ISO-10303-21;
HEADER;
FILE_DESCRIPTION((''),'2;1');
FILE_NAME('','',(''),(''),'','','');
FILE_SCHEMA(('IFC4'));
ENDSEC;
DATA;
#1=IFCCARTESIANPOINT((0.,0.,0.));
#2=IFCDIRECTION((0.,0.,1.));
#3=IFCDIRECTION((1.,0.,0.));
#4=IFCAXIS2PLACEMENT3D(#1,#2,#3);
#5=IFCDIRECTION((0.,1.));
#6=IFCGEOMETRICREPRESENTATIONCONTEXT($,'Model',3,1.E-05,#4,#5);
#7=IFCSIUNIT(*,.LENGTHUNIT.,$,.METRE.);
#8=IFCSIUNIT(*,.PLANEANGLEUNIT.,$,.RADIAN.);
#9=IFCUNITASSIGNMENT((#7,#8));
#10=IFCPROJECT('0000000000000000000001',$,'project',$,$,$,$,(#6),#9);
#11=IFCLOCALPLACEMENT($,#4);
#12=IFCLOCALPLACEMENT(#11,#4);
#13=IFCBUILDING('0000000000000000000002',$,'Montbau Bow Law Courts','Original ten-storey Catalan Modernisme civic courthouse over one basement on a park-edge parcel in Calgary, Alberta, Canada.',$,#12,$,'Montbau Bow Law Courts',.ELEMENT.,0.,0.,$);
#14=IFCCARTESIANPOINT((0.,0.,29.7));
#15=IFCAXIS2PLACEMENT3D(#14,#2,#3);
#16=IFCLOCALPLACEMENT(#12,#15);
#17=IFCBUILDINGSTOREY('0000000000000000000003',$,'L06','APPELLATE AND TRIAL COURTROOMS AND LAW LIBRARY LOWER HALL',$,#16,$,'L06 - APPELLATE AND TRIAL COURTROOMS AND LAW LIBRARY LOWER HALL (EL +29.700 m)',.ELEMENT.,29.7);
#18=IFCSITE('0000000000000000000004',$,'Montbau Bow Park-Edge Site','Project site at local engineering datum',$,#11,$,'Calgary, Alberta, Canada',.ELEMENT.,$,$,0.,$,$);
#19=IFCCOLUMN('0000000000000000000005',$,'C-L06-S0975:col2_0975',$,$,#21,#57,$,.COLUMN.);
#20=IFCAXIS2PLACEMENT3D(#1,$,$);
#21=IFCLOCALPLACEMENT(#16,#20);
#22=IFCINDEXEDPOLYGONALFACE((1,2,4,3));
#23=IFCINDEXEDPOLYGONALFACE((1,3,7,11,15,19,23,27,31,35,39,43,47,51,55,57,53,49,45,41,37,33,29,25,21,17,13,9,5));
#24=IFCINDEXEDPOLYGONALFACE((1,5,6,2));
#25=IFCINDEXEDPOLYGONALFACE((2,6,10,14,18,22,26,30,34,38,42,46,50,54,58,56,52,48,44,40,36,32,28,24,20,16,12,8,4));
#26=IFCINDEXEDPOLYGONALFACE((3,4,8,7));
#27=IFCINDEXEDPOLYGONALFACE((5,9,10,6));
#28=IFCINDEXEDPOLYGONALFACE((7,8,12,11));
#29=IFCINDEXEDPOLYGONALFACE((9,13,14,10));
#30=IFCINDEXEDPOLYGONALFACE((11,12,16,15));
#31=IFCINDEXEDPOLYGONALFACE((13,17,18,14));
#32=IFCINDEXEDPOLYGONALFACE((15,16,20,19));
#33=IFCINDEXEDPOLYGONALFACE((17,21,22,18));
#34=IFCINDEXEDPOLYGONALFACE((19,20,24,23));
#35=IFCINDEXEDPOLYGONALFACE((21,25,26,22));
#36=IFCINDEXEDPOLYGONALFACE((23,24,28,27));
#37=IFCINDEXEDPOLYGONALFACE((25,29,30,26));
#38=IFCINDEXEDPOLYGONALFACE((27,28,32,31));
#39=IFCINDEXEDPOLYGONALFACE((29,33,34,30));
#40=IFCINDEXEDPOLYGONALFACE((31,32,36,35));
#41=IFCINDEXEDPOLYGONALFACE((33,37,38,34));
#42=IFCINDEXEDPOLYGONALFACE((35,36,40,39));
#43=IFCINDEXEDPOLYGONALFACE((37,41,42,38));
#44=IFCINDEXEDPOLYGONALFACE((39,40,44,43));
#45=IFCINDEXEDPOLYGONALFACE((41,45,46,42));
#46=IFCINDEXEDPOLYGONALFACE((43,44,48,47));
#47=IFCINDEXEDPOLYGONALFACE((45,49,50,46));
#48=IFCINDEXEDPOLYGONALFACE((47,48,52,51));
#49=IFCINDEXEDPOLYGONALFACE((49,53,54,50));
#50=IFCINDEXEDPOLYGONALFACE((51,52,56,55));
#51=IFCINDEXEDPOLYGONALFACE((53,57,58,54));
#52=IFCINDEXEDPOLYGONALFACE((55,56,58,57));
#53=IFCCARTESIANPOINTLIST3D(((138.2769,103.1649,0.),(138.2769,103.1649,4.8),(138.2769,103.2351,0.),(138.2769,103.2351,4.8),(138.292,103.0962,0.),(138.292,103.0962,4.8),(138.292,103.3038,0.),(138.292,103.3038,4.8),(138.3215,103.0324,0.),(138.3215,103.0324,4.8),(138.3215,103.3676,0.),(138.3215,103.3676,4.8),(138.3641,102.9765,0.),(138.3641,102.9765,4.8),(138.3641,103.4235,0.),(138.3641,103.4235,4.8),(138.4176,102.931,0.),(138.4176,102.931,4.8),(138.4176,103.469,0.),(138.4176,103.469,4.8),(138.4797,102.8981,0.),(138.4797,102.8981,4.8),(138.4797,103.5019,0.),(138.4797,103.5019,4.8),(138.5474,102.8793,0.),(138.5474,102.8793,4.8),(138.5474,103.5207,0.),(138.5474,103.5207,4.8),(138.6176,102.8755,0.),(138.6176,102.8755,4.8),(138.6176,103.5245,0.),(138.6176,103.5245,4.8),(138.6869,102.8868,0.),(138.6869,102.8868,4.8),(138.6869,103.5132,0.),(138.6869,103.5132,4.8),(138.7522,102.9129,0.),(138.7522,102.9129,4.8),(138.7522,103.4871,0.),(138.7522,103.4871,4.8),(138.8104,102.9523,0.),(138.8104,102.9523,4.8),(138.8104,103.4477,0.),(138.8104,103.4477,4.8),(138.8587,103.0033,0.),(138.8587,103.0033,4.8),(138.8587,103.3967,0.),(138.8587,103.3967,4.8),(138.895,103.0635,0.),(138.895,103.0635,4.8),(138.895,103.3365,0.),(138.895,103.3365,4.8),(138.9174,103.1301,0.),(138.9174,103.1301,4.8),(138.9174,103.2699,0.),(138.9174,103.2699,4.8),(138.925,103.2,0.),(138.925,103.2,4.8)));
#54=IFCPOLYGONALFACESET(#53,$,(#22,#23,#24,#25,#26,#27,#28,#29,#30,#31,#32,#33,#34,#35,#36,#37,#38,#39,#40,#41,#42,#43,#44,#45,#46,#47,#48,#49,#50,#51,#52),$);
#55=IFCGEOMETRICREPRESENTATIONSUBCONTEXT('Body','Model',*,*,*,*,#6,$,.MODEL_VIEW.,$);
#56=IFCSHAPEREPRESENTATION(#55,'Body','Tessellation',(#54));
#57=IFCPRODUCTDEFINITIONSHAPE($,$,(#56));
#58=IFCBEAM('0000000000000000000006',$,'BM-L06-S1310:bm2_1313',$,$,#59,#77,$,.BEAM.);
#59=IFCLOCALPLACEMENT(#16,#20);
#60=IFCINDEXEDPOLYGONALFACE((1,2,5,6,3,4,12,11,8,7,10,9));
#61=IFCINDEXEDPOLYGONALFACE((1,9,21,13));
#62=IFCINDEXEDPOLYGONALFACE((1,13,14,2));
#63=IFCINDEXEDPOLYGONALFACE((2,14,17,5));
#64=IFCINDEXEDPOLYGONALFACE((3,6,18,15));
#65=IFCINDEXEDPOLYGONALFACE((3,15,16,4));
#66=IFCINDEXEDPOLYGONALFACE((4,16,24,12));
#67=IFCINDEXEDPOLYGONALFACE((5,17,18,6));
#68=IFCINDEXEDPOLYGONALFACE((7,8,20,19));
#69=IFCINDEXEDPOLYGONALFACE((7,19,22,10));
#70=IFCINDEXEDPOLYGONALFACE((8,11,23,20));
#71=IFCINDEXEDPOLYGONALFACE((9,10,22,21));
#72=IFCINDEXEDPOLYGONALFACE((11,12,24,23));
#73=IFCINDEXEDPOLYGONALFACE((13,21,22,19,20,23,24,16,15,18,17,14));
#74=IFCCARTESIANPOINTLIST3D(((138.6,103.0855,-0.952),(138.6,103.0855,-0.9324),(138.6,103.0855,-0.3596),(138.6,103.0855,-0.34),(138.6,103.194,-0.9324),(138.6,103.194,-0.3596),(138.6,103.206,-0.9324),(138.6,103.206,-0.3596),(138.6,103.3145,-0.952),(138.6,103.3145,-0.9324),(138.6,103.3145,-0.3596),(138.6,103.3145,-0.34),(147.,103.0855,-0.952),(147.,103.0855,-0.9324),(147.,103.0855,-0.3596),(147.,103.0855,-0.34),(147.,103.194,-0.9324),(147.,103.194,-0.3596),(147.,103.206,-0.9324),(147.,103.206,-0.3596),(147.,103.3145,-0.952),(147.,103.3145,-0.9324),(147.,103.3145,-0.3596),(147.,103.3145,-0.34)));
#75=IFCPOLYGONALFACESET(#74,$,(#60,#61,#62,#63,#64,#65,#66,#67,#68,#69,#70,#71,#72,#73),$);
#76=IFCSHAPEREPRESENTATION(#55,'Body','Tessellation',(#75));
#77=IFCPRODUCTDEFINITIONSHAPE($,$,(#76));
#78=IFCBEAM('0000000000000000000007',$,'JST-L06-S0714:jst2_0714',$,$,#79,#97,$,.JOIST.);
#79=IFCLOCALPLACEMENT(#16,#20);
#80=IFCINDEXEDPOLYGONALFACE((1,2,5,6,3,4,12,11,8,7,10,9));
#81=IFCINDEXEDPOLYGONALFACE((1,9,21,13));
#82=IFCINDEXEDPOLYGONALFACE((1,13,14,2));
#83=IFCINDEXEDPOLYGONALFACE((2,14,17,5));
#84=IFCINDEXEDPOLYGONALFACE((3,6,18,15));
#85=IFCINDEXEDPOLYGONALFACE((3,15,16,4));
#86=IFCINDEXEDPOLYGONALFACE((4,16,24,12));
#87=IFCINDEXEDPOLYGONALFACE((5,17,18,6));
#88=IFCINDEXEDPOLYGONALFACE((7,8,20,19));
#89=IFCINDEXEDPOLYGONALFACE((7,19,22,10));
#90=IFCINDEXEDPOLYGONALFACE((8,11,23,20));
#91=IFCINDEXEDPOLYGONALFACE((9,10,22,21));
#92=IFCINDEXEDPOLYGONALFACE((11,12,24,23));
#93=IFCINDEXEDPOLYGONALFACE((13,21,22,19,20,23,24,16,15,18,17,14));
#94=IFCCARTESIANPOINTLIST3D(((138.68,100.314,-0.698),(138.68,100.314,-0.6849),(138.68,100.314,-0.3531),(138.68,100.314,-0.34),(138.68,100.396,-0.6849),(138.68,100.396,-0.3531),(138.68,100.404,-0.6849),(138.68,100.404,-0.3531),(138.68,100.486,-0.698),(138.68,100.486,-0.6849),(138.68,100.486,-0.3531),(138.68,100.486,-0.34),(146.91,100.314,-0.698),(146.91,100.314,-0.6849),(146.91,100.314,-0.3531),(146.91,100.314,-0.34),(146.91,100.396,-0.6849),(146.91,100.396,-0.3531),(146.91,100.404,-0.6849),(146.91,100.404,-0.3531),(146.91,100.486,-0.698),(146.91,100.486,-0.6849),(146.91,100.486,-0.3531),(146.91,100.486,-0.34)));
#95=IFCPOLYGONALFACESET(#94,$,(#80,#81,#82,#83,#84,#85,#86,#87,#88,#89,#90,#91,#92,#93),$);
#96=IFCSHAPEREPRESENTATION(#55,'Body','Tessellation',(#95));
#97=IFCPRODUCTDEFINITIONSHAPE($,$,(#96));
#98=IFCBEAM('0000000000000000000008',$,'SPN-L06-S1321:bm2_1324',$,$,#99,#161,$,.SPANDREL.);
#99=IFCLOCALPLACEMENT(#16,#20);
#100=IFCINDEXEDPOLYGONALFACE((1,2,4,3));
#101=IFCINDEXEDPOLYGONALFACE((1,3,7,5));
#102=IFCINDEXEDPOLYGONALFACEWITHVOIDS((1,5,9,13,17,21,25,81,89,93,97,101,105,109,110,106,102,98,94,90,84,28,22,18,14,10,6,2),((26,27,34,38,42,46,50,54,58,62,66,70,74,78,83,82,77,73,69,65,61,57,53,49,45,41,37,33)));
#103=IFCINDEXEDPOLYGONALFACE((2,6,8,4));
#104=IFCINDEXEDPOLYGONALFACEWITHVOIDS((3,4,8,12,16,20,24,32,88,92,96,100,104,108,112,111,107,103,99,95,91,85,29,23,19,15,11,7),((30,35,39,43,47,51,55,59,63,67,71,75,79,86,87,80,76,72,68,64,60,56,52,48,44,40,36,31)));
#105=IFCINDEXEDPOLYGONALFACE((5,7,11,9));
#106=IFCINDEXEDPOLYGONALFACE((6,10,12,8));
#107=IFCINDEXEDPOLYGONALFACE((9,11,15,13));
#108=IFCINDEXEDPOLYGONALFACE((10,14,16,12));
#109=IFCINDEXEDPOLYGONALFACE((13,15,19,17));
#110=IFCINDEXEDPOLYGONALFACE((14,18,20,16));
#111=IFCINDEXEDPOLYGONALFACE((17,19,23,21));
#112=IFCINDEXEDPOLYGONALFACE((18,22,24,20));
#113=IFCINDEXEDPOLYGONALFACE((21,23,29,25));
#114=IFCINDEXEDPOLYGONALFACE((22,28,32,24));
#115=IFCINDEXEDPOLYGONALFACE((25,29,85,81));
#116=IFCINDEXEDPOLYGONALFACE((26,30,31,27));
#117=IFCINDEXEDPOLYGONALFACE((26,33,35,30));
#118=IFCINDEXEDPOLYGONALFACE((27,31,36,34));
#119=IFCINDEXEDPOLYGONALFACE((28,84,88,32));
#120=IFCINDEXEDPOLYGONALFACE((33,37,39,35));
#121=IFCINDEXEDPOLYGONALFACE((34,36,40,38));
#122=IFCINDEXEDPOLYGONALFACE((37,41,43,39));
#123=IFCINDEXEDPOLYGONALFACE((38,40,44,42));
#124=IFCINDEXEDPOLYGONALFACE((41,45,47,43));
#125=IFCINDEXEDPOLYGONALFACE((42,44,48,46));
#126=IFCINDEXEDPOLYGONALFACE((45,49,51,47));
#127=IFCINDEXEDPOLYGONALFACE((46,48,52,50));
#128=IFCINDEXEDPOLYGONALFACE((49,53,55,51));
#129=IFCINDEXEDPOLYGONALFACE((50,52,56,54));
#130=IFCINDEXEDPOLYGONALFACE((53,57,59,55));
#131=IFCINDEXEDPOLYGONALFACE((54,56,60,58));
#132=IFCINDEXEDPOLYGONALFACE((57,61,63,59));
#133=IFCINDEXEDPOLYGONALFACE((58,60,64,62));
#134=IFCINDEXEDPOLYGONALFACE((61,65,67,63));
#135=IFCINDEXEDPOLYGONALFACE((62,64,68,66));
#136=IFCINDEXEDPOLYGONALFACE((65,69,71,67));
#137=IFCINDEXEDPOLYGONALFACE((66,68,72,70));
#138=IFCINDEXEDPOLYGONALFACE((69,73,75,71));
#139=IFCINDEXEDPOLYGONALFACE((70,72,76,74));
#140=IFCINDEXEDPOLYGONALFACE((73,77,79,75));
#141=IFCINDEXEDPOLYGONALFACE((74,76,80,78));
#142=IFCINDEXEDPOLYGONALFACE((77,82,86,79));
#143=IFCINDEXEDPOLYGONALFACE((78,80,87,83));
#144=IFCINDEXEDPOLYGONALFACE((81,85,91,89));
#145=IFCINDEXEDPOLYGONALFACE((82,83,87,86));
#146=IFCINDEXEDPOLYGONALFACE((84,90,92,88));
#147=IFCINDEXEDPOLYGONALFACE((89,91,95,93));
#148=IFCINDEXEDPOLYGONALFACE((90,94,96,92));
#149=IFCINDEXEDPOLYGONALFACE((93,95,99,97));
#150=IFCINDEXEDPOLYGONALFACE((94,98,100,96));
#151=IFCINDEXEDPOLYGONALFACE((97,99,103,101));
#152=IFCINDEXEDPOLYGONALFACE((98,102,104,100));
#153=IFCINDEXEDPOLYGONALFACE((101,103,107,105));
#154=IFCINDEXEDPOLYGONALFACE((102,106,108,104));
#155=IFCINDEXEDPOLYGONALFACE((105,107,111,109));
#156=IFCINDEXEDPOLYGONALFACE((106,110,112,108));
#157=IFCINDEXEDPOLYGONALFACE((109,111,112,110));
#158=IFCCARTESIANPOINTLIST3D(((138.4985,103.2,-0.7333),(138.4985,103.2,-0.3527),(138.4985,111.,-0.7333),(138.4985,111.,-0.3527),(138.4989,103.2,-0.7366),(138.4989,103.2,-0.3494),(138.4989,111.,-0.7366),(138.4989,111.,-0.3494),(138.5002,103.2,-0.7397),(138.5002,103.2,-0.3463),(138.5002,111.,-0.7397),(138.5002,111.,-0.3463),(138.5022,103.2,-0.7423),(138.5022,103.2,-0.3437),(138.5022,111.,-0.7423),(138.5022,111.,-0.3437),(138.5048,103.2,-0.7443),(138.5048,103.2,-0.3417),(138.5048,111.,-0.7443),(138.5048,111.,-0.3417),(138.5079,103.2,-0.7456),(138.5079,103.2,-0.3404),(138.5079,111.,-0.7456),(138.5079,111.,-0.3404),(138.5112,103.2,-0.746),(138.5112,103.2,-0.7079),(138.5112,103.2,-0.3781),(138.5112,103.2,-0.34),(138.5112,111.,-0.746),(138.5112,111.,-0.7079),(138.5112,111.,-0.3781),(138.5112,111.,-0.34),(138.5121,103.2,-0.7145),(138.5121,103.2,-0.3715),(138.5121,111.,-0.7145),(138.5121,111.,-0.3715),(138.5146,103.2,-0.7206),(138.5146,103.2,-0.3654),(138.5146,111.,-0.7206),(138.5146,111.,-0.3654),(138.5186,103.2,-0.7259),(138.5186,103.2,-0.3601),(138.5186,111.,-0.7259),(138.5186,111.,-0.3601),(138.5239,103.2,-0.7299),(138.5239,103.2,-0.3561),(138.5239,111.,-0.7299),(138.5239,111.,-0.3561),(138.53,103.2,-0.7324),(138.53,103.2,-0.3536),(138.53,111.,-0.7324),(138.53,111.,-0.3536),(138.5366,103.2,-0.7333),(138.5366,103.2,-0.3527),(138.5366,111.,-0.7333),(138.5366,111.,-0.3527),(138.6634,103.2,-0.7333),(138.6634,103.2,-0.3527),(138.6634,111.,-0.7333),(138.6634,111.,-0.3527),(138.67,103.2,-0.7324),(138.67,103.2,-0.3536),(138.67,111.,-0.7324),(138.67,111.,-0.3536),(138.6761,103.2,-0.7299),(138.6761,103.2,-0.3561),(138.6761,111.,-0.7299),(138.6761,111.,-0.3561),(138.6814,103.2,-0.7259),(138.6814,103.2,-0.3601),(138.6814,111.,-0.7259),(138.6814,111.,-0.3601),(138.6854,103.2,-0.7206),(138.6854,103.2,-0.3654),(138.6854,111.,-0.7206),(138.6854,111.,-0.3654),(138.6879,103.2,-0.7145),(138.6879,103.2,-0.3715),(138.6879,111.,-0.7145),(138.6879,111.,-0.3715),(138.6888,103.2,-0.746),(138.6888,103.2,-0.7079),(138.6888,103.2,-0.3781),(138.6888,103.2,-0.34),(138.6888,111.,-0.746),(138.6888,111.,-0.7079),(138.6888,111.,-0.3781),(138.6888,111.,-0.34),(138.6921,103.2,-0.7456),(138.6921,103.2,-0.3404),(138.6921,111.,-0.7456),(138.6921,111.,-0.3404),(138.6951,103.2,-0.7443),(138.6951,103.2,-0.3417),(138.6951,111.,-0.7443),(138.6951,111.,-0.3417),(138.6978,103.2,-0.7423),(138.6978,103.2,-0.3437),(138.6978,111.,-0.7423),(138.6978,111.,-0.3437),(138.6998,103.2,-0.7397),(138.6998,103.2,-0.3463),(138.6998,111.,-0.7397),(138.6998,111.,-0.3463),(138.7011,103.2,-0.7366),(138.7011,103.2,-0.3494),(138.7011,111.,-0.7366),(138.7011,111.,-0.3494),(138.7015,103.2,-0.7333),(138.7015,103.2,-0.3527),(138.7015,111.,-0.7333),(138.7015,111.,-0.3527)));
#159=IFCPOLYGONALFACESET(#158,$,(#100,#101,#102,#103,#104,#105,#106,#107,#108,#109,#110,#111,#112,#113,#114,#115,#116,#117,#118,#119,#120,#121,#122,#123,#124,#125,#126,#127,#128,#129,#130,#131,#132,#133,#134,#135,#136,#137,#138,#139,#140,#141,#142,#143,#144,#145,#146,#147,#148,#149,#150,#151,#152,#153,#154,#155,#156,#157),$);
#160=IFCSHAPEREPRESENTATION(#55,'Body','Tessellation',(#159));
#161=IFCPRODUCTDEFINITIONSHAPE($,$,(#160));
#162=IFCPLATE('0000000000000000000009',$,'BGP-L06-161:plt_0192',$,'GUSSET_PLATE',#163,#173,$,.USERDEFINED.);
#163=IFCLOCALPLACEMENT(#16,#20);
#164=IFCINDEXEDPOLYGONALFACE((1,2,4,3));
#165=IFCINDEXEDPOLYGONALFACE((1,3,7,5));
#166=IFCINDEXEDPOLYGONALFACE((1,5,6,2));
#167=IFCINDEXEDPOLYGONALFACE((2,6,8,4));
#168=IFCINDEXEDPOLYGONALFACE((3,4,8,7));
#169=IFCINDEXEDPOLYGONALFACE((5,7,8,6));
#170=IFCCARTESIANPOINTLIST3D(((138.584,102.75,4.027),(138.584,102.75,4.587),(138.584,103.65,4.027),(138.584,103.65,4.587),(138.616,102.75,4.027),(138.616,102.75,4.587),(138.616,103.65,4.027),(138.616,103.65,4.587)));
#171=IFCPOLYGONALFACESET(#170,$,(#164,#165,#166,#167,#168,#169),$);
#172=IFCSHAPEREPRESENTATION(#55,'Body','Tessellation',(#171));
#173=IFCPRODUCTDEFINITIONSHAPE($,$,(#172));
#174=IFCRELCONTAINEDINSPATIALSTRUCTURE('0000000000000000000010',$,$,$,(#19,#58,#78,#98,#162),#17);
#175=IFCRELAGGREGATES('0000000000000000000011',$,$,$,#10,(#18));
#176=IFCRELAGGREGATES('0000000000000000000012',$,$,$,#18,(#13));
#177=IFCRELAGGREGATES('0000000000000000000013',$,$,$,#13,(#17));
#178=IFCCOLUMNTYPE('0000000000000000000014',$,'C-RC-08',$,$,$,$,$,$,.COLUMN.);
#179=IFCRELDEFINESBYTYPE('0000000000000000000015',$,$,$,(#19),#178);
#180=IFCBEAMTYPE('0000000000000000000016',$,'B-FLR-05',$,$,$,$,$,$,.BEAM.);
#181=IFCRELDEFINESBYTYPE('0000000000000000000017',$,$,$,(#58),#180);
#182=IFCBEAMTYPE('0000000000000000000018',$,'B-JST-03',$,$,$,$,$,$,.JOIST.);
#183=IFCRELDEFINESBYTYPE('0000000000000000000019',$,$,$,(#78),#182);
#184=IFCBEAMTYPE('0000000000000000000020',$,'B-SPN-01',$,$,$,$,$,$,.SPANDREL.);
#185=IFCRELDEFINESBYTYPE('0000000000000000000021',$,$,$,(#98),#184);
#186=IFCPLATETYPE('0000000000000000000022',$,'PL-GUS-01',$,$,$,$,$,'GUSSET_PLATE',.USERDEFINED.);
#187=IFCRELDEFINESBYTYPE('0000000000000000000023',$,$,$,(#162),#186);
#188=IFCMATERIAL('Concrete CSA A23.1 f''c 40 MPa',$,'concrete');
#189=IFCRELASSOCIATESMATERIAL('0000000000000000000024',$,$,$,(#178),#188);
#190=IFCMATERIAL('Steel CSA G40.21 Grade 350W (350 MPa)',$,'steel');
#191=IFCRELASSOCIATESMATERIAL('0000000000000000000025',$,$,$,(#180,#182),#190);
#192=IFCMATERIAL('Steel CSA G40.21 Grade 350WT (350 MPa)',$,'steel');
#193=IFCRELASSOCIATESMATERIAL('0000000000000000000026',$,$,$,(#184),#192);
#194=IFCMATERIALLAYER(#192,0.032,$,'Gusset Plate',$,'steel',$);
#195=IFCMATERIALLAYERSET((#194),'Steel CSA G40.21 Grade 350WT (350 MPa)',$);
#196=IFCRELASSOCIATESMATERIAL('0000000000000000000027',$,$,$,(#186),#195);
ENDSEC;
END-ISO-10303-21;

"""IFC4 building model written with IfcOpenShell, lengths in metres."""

from ifc_helpers import new_model, si_unit, direction, frame, origin_with_axes, origin_2d_with_axis, place, context, subcontext, project, spatial, rectangle, hollow_rectangle, circle, i_section, extrude, material, layer, layer_set, material_profile, profile_set, type_object, element, save


model = new_model("IFC4")

# Units and contexts
model_context = context("Model", 3, precision=1e-05, world=origin_with_axes(), true_north=direction((0.0, 1.0)))
body_context = subcontext(model_context, "Body", "Model", "MODEL_VIEW")
ifc_project = project(units=[si_unit("LENGTHUNIT", "METRE"), si_unit("PLANEANGLEUNIT", "RADIAN")], contexts=[model_context])

# Site, building, storey
site_placement = place(None, origin_with_axes())
site = spatial("IfcSite", under=ifc_project, at=site_placement, Name="Montbau Bow Park-Edge Site", Description="Project site at local engineering datum", LongName="Calgary, Alberta, Canada", CompositionType="ELEMENT", RefElevation=0.0)
building_placement = place(site_placement, origin_with_axes())
building = spatial("IfcBuilding", under=site, at=building_placement, Name="Montbau Bow Law Courts", Description="Original ten-storey Catalan Modernisme civic courthouse over one basement on a park-edge parcel in Calgary, Alberta, Canada.", LongName="Montbau Bow Law Courts", CompositionType="ELEMENT", ElevationOfRefHeight=0.0, ElevationOfTerrain=0.0)
storey_placement = place(building_placement, frame((0.0, 0.0, 29.7), z_axis=(0.0, 0.0, 1.0), x_axis=(1.0, 0.0, 0.0)))
storey = spatial("IfcBuildingStorey", under=building, at=storey_placement, Name="L06", Description="APPELLATE AND TRIAL COURTROOMS AND LAW LIBRARY LOWER HALL", LongName="L06 - APPELLATE AND TRIAL COURTROOMS AND LAW LIBRARY LOWER HALL (EL +29.700 m)", CompositionType="ELEMENT", Elevation=29.7)

# Column
ifc_material_1 = material(Name="Concrete CSA A23.1 f'c 40 MPa", Category="concrete")
ifc_material_profile_1 = material_profile(ifc_material_1, circle(Radius=0.325, at=origin_2d_with_axis()), Name="RC650D", Category="Main", Priority=0)
ifc_profile_set_1 = profile_set([ifc_material_profile_1], Name="Concrete CSA A23.1 f'c 40 MPa")
column_type = type_object("IfcColumnType", Name="C-RC-08", PredefinedType="COLUMN", material=ifc_profile_set_1)
column_placement = place(None, frame((138.6, 103.2, 29.7), z_axis=(0.0, 0.0, 1.0), x_axis=(1.0, 0.0, 0.0)))
element("IfcColumn", 1, at=column_placement, inside=storey, type_object=column_type, Name="C-L06-S0975:col2_0975", PredefinedType="COLUMN", context=body_context, shape_type="SweptSolid", body=[
    extrude(circle(Radius=0.325, at=origin_2d_with_axis()), origin_with_axes(), (0.0, 0.0, 1.0), 4.8),
])

# Beams
ifc_material_2 = material(Name="Steel CSA G40.21 Grade 350W (350 MPa)", Category="steel")
ifc_material_profile_2 = material_profile(ifc_material_2, i_section(OverallWidth=0.229, OverallDepth=0.612, WebThickness=0.0119, FlangeThickness=0.0196, at=origin_2d_with_axis()), Name="W610X125", Category="Main", Priority=0)
ifc_profile_set_2 = profile_set([ifc_material_profile_2], Name="Steel CSA G40.21 Grade 350W (350 MPa)")
beam_type_1 = type_object("IfcBeamType", Name="B-FLR-05", PredefinedType="BEAM", material=ifc_profile_set_2)
beam_1_placement = place(None, frame((138.6, 103.2, 29.054), z_axis=(1.0, 0.0, 0.0), x_axis=(0.0, 1.0, 0.0)))
element("IfcBeam", 2, at=beam_1_placement, inside=storey, type_object=beam_type_1, Name="BM-L06-S1310:bm2_1313", PredefinedType="BEAM", context=body_context, shape_type="SweptSolid", body=[
    extrude(i_section(OverallWidth=0.229, OverallDepth=0.612, WebThickness=0.0119, FlangeThickness=0.0196, at=origin_2d_with_axis()), origin_with_axes(), (0.0, 0.0, 1.0), 8.4),
])
ifc_material_profile_3 = material_profile(ifc_material_2, i_section(OverallWidth=0.172, OverallDepth=0.358, WebThickness=0.0079, FlangeThickness=0.0131, at=origin_2d_with_axis()), Name="W360X57", Category="Main", Priority=0)
ifc_profile_set_3 = profile_set([ifc_material_profile_3], Name="Steel CSA G40.21 Grade 350W (350 MPa)")
beam_type_2 = type_object("IfcBeamType", Name="B-JST-03", PredefinedType="JOIST", material=ifc_profile_set_3)
beam_2_placement = place(None, frame((138.68, 100.4, 29.181), z_axis=(1.0, 0.0, 0.0), x_axis=(0.0, 1.0, 0.0)))
element("IfcBeam", 3, at=beam_2_placement, inside=storey, type_object=beam_type_2, Name="JST-L06-S0714:jst2_0714", PredefinedType="JOIST", context=body_context, shape_type="SweptSolid", body=[
    extrude(i_section(OverallWidth=0.172, OverallDepth=0.358, WebThickness=0.0079, FlangeThickness=0.0131, at=origin_2d_with_axis()), origin_with_axes(), (0.0, 0.0, 1.0), 8.23),
])
ifc_material_3 = material(Name="Steel CSA G40.21 Grade 350WT (350 MPa)", Category="steel")
ifc_material_profile_4 = material_profile(ifc_material_3, hollow_rectangle(XDim=0.203, YDim=0.406, WallThickness=0.0127, InnerFilletRadius=0.0254, OuterFilletRadius=0.0127, at=origin_2d_with_axis()), Name="HSS406X203X13", Category="Main", Priority=0)
ifc_profile_set_4 = profile_set([ifc_material_profile_4], Name="Steel CSA G40.21 Grade 350WT (350 MPa)")
beam_type_3 = type_object("IfcBeamType", Name="B-SPN-01", PredefinedType="SPANDREL", material=ifc_profile_set_4)
beam_3_placement = place(None, frame((138.6, 103.2, 29.157), z_axis=(0.0, 1.0, 0.0), x_axis=(-1.0, 0.0, 0.0)))
element("IfcBeam", 4, at=beam_3_placement, inside=storey, type_object=beam_type_3, Name="SPN-L06-S1321:bm2_1324", PredefinedType="SPANDREL", context=body_context, shape_type="SweptSolid", body=[
    extrude(hollow_rectangle(XDim=0.203, YDim=0.406, WallThickness=0.0127, InnerFilletRadius=0.0254, OuterFilletRadius=0.0127, at=origin_2d_with_axis()), origin_with_axes(), (0.0, 0.0, 1.0), 7.8),
])

# Plate
ifc_layer_1 = layer(ifc_material_3, 0.032, Name="Gusset Plate", Category="steel")
ifc_layer_set_1 = layer_set([ifc_layer_1], Name="Steel CSA G40.21 Grade 350WT (350 MPa)")
plate_type = type_object("IfcPlateType", Name="PL-GUS-01", ElementType="GUSSET_PLATE", PredefinedType="USERDEFINED", material=ifc_layer_set_1)
plate_placement = place(None, frame((138.6, 103.2, 33.727), z_axis=(0.0, 0.0, 1.0), x_axis=(0.0, 1.0, 0.0)))
element("IfcPlate", 5, at=plate_placement, inside=storey, type_object=plate_type, Name="BGP-L06-161:plt_0192", ObjectType="GUSSET_PLATE", PredefinedType="USERDEFINED", context=body_context, shape_type="SweptSolid", body=[
    extrude(rectangle(XDim=0.9, YDim=0.032, at=origin_2d_with_axis()), origin_with_axes(), (0.0, 0.0, 1.0), 0.56),
])

save(model, "model.ifc")
